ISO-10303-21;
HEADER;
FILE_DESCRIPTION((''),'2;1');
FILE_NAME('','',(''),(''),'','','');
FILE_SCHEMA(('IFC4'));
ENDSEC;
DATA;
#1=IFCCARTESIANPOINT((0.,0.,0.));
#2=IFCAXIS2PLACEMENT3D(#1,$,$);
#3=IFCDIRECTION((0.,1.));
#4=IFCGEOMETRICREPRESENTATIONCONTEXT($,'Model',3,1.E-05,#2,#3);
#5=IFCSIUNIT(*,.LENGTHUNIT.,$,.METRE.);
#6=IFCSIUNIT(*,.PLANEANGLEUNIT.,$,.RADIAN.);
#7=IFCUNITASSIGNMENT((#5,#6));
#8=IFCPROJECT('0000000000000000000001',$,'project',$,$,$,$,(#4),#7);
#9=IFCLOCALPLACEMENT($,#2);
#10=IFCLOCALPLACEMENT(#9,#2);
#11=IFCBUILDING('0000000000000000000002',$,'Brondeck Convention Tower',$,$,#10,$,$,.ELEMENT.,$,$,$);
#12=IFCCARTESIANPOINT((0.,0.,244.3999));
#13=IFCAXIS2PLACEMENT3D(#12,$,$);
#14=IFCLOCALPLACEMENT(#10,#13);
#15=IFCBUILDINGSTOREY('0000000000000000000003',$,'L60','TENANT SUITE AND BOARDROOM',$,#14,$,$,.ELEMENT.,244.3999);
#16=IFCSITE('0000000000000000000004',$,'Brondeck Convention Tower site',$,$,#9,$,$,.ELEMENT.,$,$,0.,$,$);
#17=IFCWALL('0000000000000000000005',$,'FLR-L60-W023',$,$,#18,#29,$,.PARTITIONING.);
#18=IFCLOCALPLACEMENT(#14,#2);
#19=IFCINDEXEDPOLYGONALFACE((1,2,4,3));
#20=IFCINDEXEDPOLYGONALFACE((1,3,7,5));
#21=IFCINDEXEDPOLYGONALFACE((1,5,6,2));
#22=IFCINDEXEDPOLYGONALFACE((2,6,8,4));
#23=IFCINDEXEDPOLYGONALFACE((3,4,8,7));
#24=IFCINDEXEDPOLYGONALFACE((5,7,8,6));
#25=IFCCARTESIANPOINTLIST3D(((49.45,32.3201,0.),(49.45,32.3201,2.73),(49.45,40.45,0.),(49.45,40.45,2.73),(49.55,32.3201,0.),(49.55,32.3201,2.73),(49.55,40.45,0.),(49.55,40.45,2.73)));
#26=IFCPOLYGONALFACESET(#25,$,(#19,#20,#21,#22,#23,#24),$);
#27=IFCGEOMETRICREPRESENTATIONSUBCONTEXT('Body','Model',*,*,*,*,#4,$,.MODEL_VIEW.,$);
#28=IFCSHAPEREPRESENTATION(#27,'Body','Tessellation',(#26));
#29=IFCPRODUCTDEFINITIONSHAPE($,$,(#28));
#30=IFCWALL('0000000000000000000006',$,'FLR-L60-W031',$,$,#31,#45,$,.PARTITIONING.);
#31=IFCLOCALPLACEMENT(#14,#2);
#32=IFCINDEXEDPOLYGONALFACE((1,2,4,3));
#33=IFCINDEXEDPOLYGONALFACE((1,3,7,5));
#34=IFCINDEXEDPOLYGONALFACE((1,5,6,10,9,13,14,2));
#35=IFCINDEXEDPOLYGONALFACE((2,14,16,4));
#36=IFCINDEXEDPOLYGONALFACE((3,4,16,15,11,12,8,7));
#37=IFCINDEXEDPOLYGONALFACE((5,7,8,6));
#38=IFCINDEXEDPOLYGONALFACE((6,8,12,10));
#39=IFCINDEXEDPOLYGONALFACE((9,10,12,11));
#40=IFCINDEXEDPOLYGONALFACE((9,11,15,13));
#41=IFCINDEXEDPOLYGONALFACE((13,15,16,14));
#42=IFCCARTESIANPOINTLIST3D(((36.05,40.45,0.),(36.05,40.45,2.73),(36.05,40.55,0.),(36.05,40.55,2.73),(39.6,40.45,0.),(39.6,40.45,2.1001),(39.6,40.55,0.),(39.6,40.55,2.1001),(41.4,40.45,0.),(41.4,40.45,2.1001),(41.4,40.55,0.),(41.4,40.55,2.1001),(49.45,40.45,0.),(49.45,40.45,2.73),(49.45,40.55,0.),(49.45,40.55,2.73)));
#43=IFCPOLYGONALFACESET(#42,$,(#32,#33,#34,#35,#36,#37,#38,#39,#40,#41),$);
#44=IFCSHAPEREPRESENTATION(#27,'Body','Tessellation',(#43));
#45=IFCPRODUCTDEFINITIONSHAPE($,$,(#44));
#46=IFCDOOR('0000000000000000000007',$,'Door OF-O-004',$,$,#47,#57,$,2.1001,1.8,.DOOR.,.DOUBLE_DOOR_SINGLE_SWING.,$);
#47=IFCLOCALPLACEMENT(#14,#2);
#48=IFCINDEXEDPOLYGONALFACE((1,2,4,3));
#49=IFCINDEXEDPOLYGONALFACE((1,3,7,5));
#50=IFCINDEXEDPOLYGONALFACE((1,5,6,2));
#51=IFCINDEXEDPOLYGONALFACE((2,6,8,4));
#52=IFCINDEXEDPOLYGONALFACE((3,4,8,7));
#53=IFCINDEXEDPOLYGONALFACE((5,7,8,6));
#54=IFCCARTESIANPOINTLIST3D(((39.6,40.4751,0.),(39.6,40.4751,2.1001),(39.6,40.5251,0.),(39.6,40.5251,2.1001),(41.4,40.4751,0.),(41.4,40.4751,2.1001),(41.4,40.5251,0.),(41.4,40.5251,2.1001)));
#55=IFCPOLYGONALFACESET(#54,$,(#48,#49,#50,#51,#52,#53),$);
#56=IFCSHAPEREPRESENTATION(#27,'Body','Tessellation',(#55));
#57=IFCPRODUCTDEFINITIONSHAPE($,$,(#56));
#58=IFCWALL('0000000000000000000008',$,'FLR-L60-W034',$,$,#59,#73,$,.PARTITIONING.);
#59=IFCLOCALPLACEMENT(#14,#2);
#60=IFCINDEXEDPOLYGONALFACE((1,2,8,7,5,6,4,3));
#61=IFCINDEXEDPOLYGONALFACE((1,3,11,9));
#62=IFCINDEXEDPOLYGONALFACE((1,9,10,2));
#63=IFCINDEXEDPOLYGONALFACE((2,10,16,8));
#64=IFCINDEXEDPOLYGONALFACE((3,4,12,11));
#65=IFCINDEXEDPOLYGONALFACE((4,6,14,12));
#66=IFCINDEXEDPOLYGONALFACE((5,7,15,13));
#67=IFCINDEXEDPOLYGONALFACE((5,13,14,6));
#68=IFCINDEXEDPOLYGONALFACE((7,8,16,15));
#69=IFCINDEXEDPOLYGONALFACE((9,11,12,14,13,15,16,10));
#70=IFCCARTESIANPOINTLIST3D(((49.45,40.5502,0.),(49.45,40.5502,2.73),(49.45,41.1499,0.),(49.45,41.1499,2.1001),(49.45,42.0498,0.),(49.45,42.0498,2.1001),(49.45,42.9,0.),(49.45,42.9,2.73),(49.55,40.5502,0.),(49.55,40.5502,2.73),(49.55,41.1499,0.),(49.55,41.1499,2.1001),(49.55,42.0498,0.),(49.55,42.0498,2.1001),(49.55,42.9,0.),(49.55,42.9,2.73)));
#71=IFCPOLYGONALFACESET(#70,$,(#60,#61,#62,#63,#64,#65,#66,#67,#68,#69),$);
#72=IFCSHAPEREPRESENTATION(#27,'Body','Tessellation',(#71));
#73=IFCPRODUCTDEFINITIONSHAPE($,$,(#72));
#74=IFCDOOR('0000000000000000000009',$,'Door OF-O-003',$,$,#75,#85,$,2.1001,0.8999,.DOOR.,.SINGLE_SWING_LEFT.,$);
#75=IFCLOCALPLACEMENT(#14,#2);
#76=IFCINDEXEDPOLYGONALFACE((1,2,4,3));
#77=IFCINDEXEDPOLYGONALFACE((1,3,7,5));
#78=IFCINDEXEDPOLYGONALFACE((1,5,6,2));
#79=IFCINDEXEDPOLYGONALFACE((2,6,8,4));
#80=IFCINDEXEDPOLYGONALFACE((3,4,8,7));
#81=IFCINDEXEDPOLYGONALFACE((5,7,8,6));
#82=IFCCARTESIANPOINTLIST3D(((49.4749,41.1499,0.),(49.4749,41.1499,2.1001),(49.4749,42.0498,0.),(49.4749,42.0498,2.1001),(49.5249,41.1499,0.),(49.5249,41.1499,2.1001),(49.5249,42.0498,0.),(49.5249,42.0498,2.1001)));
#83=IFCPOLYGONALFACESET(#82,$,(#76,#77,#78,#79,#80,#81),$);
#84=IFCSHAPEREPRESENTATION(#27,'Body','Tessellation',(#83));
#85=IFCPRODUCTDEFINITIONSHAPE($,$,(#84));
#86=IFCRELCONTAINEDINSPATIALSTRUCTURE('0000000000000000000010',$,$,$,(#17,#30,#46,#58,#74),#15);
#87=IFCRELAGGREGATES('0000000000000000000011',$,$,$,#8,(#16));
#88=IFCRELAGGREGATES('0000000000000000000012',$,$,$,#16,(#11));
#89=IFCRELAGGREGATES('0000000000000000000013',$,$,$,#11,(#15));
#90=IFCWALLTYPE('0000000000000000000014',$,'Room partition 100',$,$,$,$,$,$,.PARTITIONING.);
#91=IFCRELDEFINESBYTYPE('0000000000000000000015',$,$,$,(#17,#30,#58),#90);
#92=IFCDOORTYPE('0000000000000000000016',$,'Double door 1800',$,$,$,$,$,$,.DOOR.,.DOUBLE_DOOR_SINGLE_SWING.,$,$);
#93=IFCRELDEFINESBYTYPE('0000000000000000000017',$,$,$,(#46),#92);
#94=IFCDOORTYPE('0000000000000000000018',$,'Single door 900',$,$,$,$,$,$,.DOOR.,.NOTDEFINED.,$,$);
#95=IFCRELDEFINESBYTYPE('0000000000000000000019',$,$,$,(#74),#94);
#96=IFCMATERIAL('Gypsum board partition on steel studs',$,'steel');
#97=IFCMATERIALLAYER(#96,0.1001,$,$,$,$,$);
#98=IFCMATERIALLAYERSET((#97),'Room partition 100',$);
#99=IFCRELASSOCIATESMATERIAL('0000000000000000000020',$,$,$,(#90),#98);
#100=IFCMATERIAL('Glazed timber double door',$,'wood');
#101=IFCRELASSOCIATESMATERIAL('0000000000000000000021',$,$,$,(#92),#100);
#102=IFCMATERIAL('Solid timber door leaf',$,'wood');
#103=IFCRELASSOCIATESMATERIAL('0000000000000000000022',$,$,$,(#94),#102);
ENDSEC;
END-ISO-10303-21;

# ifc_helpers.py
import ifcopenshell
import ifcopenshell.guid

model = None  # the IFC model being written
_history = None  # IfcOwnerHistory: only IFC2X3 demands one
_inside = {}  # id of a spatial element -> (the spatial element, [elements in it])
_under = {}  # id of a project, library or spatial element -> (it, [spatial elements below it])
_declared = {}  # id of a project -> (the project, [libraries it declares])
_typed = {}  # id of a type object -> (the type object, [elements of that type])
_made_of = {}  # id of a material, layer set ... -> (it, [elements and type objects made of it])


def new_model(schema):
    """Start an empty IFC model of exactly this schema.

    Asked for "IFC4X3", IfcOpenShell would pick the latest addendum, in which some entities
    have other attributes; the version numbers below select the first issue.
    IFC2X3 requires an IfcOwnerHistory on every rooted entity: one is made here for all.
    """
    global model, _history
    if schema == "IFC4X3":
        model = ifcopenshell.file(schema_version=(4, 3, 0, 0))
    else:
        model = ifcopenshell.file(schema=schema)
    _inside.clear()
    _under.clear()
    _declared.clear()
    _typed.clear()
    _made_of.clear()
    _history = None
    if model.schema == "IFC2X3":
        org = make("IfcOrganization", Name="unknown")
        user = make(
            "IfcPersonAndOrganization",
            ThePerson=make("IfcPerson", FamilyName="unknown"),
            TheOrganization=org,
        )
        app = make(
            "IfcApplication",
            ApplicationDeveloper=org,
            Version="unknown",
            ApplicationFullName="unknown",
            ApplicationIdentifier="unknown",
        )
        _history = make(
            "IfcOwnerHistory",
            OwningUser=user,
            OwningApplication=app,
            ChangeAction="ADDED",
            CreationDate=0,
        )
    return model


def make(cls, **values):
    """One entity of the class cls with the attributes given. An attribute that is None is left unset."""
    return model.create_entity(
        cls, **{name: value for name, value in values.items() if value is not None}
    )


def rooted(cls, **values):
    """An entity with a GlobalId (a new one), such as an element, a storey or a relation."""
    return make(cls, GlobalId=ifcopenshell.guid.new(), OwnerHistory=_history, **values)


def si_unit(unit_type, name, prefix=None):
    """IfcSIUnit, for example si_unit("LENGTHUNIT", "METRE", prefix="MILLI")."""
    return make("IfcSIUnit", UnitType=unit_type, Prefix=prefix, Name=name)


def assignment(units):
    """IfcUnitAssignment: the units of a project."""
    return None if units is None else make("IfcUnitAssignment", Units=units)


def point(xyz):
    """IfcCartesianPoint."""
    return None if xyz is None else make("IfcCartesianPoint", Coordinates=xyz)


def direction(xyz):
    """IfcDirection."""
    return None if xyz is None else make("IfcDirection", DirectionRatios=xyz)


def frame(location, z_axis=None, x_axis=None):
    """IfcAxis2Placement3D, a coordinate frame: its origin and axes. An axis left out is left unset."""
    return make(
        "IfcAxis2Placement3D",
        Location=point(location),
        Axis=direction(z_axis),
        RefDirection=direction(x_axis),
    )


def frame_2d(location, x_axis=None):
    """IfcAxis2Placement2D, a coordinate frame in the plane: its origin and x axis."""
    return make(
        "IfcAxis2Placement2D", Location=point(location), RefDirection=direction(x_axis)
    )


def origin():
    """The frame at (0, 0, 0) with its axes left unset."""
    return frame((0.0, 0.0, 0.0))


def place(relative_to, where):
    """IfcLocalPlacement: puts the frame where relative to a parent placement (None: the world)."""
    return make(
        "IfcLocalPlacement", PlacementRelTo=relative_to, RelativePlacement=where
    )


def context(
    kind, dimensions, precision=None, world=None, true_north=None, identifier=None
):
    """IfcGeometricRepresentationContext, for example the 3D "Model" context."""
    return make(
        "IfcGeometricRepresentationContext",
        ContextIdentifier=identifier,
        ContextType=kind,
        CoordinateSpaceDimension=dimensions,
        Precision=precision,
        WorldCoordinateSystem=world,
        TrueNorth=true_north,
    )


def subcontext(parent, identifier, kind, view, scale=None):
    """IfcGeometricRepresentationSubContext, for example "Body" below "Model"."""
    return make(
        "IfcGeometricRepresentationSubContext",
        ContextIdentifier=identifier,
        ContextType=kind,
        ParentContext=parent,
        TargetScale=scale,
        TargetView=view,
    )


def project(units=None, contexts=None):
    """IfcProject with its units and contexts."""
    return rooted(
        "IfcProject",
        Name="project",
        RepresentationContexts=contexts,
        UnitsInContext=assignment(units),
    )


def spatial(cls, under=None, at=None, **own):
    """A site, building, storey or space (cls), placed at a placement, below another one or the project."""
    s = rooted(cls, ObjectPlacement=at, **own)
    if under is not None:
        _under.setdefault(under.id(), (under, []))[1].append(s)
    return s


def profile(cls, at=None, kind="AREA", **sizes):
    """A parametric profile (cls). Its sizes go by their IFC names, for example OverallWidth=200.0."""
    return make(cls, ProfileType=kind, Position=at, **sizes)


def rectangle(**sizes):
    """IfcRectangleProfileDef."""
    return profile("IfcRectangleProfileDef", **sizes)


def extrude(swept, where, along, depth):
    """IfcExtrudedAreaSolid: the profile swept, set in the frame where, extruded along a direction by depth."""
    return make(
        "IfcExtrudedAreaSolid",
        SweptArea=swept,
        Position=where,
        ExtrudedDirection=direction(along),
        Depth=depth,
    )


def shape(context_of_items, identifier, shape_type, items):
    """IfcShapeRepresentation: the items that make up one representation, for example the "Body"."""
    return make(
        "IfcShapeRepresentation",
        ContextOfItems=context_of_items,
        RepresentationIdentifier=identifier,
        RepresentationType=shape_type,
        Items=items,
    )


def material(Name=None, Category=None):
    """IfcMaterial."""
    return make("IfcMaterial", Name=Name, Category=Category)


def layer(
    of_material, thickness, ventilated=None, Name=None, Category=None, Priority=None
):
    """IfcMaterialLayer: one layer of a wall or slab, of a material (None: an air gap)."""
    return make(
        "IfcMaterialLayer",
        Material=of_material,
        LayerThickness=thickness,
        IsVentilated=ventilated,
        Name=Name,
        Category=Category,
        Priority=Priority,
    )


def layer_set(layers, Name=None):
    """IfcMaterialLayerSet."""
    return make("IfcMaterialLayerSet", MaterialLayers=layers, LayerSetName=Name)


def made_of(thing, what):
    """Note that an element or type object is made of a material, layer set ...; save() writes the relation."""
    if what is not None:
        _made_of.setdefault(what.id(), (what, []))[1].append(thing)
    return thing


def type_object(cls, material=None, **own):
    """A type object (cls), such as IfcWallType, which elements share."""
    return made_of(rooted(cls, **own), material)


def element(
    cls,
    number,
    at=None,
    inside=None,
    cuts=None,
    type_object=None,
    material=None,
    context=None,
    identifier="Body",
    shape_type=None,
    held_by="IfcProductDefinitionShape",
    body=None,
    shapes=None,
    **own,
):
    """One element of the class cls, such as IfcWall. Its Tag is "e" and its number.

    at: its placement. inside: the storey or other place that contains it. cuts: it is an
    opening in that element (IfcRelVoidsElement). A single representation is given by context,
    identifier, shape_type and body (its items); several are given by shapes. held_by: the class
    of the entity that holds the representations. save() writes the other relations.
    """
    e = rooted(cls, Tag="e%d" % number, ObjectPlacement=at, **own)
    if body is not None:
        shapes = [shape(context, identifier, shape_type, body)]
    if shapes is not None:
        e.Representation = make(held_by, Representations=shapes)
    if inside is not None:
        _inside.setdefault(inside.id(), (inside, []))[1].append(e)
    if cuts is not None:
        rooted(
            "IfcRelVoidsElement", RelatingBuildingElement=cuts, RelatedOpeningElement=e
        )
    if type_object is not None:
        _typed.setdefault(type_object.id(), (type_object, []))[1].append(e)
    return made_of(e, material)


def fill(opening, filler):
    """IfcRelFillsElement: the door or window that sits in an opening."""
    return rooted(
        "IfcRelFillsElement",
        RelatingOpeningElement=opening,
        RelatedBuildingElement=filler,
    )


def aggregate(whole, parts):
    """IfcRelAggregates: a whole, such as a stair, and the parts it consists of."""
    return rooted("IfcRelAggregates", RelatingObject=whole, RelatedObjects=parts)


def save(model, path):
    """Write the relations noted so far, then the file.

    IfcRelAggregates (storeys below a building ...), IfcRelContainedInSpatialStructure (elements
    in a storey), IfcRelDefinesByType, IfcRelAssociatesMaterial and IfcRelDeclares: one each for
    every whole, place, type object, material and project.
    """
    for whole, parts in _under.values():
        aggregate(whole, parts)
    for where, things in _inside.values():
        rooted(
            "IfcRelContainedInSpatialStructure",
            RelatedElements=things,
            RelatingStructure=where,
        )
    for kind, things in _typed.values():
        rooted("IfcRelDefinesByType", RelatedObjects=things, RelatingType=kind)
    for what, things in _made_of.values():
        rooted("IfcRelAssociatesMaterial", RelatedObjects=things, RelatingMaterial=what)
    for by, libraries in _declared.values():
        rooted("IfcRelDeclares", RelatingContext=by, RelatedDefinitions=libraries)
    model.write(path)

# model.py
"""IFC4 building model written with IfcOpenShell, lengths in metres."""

from ifc_helpers import new_model, si_unit, direction, frame, frame_2d, origin, place, context, subcontext, project, spatial, rectangle, extrude, material, layer, layer_set, type_object, element, fill, save


model = new_model("IFC4")

# Units and contexts
model_context = context("Model", 3, precision=1e-05, world=origin(), true_north=direction((0.0, 1.0)))
body_context = subcontext(model_context, "Body", "Model", "MODEL_VIEW")
ifc_project = project(units=[si_unit("LENGTHUNIT", "METRE"), si_unit("PLANEANGLEUNIT", "RADIAN")], contexts=[model_context])

# Site, building, storey
site_placement = place(None, origin())
site = spatial("IfcSite", under=ifc_project, at=site_placement, Name="Brondeck Convention Tower site", CompositionType="ELEMENT", RefElevation=0.0)
building_placement = place(site_placement, origin())
building = spatial("IfcBuilding", under=site, at=building_placement, Name="Brondeck Convention Tower", CompositionType="ELEMENT")
storey_placement = place(building_placement, frame((0.0, 0.0, 244.3999)))
storey = spatial("IfcBuildingStorey", under=building, at=storey_placement, Name="L60", Description="TENANT SUITE AND BOARDROOM", CompositionType="ELEMENT", Elevation=244.3999)

# Wall
ifc_material_1 = material(Name="Gypsum board partition on steel studs", Category="steel")
ifc_layer_1 = layer(ifc_material_1, 0.1001)
ifc_layer_set_1 = layer_set([ifc_layer_1], Name="Room partition 100")
wall_type_1 = type_object("IfcWallType", Name="Room partition 100", PredefinedType="PARTITIONING", material=ifc_layer_set_1)
wall_1_placement = place(storey_placement, frame((49.5, 32.3201, 0.0), z_axis=(0.0, 0.0, 1.0), x_axis=(0.0, 1.0, 0.0)))
element("IfcWall", 1, at=wall_1_placement, inside=storey, type_object=wall_type_1, Name="FLR-L60-W023", PredefinedType="PARTITIONING", context=body_context, shape_type="SweptSolid", body=[
    extrude(rectangle(XDim=8.1299, YDim=0.1001, at=frame_2d((4.0649, 0.0))), origin(), (0.0, 0.0, 1.0), 2.73),
])

# Walls, openings, doors
wall_2_placement = place(storey_placement, frame((49.45, 40.5, 0.0), z_axis=(0.0, 0.0, 1.0), x_axis=(-1.0, 0.0, 0.0)))
wall_2 = element("IfcWall", 2, at=wall_2_placement, inside=storey, type_object=wall_type_1, Name="FLR-L60-W031", PredefinedType="PARTITIONING", context=body_context, shape_type="SweptSolid", body=[
    extrude(rectangle(XDim=13.3999, YDim=0.1001, at=frame_2d((6.7, 0.0))), origin(), (0.0, 0.0, 1.0), 2.73),
])
opening_1_placement = place(wall_2_placement, frame((8.05, 0.0, 0.0)))
opening_1 = element("IfcOpeningElement", 3, at=opening_1_placement, cuts=wall_2, PredefinedType="OPENING", context=body_context, shape_type="SweptSolid", body=[
    extrude(rectangle(XDim=1.8, YDim=2.1001, at=frame_2d((0.8999, 1.05))), frame((0.0, 0.0601, 0.0), z_axis=(0.0, -1.0, 0.0), x_axis=(1.0, 0.0, 0.0)), (0.0, 0.0, 1.0), 0.1201),
])
ifc_material_2 = material(Name="Glazed timber double door", Category="wood")
door_type_1 = type_object("IfcDoorType", Name="Double door 1800", OperationType="DOUBLE_DOOR_SINGLE_SWING", PredefinedType="DOOR", material=ifc_material_2)
door_1_placement = place(opening_1_placement, origin())
door_1 = element("IfcDoor", 4, at=door_1_placement, inside=storey, type_object=door_type_1, Name="Door OF-O-004", OperationType="DOUBLE_DOOR_SINGLE_SWING", OverallHeight=2.1001, OverallWidth=1.8, PredefinedType="DOOR", context=body_context, shape_type="SweptSolid", body=[
    extrude(rectangle(XDim=1.8, YDim=2.1001, at=frame_2d((0.8999, 1.05))), frame((0.0, 0.0249, 0.0), z_axis=(0.0, -1.0, 0.0), x_axis=(1.0, 0.0, 0.0)), (0.0, 0.0, 1.0), 0.05),
])
fill(opening_1, door_1)
wall_3_placement = place(storey_placement, frame((49.5, 42.8999, 0.0), z_axis=(0.0, 0.0, 1.0), x_axis=(0.0, -1.0, 0.0)))
wall_3 = element("IfcWall", 5, at=wall_3_placement, inside=storey, type_object=wall_type_1, Name="FLR-L60-W034", PredefinedType="PARTITIONING", context=body_context, shape_type="SweptSolid", body=[
    extrude(rectangle(XDim=2.3499, YDim=0.1001, at=frame_2d((1.1748, 0.0))), origin(), (0.0, 0.0, 1.0), 2.73),
])
opening_2_placement = place(wall_3_placement, frame((0.8501, 0.0, 0.0)))
opening_2 = element("IfcOpeningElement", 6, at=opening_2_placement, cuts=wall_3, PredefinedType="OPENING", context=body_context, shape_type="SweptSolid", body=[
    extrude(rectangle(XDim=0.8999, YDim=2.1001, at=frame_2d((0.45, 1.05))), frame((0.0, 0.0601, 0.0), z_axis=(0.0, -1.0, 0.0), x_axis=(1.0, 0.0, 0.0)), (0.0, 0.0, 1.0), 0.1201),
])
ifc_material_3 = material(Name="Solid timber door leaf", Category="wood")
door_type_2 = type_object("IfcDoorType", Name="Single door 900", OperationType="NOTDEFINED", PredefinedType="DOOR", material=ifc_material_3)
door_2_placement = place(opening_2_placement, origin())
door_2 = element("IfcDoor", 7, at=door_2_placement, inside=storey, type_object=door_type_2, Name="Door OF-O-003", OperationType="SINGLE_SWING_LEFT", OverallHeight=2.1001, OverallWidth=0.8999, PredefinedType="DOOR", context=body_context, shape_type="SweptSolid", body=[
    extrude(rectangle(XDim=0.8999, YDim=2.1001, at=frame_2d((0.45, 1.05))), frame((0.0, 0.0249, 0.0), z_axis=(0.0, -1.0, 0.0), x_axis=(1.0, 0.0, 0.0)), (0.0, 0.0, 1.0), 0.05),
])
fill(opening_2, door_2)

save(model, "model.ifc")
